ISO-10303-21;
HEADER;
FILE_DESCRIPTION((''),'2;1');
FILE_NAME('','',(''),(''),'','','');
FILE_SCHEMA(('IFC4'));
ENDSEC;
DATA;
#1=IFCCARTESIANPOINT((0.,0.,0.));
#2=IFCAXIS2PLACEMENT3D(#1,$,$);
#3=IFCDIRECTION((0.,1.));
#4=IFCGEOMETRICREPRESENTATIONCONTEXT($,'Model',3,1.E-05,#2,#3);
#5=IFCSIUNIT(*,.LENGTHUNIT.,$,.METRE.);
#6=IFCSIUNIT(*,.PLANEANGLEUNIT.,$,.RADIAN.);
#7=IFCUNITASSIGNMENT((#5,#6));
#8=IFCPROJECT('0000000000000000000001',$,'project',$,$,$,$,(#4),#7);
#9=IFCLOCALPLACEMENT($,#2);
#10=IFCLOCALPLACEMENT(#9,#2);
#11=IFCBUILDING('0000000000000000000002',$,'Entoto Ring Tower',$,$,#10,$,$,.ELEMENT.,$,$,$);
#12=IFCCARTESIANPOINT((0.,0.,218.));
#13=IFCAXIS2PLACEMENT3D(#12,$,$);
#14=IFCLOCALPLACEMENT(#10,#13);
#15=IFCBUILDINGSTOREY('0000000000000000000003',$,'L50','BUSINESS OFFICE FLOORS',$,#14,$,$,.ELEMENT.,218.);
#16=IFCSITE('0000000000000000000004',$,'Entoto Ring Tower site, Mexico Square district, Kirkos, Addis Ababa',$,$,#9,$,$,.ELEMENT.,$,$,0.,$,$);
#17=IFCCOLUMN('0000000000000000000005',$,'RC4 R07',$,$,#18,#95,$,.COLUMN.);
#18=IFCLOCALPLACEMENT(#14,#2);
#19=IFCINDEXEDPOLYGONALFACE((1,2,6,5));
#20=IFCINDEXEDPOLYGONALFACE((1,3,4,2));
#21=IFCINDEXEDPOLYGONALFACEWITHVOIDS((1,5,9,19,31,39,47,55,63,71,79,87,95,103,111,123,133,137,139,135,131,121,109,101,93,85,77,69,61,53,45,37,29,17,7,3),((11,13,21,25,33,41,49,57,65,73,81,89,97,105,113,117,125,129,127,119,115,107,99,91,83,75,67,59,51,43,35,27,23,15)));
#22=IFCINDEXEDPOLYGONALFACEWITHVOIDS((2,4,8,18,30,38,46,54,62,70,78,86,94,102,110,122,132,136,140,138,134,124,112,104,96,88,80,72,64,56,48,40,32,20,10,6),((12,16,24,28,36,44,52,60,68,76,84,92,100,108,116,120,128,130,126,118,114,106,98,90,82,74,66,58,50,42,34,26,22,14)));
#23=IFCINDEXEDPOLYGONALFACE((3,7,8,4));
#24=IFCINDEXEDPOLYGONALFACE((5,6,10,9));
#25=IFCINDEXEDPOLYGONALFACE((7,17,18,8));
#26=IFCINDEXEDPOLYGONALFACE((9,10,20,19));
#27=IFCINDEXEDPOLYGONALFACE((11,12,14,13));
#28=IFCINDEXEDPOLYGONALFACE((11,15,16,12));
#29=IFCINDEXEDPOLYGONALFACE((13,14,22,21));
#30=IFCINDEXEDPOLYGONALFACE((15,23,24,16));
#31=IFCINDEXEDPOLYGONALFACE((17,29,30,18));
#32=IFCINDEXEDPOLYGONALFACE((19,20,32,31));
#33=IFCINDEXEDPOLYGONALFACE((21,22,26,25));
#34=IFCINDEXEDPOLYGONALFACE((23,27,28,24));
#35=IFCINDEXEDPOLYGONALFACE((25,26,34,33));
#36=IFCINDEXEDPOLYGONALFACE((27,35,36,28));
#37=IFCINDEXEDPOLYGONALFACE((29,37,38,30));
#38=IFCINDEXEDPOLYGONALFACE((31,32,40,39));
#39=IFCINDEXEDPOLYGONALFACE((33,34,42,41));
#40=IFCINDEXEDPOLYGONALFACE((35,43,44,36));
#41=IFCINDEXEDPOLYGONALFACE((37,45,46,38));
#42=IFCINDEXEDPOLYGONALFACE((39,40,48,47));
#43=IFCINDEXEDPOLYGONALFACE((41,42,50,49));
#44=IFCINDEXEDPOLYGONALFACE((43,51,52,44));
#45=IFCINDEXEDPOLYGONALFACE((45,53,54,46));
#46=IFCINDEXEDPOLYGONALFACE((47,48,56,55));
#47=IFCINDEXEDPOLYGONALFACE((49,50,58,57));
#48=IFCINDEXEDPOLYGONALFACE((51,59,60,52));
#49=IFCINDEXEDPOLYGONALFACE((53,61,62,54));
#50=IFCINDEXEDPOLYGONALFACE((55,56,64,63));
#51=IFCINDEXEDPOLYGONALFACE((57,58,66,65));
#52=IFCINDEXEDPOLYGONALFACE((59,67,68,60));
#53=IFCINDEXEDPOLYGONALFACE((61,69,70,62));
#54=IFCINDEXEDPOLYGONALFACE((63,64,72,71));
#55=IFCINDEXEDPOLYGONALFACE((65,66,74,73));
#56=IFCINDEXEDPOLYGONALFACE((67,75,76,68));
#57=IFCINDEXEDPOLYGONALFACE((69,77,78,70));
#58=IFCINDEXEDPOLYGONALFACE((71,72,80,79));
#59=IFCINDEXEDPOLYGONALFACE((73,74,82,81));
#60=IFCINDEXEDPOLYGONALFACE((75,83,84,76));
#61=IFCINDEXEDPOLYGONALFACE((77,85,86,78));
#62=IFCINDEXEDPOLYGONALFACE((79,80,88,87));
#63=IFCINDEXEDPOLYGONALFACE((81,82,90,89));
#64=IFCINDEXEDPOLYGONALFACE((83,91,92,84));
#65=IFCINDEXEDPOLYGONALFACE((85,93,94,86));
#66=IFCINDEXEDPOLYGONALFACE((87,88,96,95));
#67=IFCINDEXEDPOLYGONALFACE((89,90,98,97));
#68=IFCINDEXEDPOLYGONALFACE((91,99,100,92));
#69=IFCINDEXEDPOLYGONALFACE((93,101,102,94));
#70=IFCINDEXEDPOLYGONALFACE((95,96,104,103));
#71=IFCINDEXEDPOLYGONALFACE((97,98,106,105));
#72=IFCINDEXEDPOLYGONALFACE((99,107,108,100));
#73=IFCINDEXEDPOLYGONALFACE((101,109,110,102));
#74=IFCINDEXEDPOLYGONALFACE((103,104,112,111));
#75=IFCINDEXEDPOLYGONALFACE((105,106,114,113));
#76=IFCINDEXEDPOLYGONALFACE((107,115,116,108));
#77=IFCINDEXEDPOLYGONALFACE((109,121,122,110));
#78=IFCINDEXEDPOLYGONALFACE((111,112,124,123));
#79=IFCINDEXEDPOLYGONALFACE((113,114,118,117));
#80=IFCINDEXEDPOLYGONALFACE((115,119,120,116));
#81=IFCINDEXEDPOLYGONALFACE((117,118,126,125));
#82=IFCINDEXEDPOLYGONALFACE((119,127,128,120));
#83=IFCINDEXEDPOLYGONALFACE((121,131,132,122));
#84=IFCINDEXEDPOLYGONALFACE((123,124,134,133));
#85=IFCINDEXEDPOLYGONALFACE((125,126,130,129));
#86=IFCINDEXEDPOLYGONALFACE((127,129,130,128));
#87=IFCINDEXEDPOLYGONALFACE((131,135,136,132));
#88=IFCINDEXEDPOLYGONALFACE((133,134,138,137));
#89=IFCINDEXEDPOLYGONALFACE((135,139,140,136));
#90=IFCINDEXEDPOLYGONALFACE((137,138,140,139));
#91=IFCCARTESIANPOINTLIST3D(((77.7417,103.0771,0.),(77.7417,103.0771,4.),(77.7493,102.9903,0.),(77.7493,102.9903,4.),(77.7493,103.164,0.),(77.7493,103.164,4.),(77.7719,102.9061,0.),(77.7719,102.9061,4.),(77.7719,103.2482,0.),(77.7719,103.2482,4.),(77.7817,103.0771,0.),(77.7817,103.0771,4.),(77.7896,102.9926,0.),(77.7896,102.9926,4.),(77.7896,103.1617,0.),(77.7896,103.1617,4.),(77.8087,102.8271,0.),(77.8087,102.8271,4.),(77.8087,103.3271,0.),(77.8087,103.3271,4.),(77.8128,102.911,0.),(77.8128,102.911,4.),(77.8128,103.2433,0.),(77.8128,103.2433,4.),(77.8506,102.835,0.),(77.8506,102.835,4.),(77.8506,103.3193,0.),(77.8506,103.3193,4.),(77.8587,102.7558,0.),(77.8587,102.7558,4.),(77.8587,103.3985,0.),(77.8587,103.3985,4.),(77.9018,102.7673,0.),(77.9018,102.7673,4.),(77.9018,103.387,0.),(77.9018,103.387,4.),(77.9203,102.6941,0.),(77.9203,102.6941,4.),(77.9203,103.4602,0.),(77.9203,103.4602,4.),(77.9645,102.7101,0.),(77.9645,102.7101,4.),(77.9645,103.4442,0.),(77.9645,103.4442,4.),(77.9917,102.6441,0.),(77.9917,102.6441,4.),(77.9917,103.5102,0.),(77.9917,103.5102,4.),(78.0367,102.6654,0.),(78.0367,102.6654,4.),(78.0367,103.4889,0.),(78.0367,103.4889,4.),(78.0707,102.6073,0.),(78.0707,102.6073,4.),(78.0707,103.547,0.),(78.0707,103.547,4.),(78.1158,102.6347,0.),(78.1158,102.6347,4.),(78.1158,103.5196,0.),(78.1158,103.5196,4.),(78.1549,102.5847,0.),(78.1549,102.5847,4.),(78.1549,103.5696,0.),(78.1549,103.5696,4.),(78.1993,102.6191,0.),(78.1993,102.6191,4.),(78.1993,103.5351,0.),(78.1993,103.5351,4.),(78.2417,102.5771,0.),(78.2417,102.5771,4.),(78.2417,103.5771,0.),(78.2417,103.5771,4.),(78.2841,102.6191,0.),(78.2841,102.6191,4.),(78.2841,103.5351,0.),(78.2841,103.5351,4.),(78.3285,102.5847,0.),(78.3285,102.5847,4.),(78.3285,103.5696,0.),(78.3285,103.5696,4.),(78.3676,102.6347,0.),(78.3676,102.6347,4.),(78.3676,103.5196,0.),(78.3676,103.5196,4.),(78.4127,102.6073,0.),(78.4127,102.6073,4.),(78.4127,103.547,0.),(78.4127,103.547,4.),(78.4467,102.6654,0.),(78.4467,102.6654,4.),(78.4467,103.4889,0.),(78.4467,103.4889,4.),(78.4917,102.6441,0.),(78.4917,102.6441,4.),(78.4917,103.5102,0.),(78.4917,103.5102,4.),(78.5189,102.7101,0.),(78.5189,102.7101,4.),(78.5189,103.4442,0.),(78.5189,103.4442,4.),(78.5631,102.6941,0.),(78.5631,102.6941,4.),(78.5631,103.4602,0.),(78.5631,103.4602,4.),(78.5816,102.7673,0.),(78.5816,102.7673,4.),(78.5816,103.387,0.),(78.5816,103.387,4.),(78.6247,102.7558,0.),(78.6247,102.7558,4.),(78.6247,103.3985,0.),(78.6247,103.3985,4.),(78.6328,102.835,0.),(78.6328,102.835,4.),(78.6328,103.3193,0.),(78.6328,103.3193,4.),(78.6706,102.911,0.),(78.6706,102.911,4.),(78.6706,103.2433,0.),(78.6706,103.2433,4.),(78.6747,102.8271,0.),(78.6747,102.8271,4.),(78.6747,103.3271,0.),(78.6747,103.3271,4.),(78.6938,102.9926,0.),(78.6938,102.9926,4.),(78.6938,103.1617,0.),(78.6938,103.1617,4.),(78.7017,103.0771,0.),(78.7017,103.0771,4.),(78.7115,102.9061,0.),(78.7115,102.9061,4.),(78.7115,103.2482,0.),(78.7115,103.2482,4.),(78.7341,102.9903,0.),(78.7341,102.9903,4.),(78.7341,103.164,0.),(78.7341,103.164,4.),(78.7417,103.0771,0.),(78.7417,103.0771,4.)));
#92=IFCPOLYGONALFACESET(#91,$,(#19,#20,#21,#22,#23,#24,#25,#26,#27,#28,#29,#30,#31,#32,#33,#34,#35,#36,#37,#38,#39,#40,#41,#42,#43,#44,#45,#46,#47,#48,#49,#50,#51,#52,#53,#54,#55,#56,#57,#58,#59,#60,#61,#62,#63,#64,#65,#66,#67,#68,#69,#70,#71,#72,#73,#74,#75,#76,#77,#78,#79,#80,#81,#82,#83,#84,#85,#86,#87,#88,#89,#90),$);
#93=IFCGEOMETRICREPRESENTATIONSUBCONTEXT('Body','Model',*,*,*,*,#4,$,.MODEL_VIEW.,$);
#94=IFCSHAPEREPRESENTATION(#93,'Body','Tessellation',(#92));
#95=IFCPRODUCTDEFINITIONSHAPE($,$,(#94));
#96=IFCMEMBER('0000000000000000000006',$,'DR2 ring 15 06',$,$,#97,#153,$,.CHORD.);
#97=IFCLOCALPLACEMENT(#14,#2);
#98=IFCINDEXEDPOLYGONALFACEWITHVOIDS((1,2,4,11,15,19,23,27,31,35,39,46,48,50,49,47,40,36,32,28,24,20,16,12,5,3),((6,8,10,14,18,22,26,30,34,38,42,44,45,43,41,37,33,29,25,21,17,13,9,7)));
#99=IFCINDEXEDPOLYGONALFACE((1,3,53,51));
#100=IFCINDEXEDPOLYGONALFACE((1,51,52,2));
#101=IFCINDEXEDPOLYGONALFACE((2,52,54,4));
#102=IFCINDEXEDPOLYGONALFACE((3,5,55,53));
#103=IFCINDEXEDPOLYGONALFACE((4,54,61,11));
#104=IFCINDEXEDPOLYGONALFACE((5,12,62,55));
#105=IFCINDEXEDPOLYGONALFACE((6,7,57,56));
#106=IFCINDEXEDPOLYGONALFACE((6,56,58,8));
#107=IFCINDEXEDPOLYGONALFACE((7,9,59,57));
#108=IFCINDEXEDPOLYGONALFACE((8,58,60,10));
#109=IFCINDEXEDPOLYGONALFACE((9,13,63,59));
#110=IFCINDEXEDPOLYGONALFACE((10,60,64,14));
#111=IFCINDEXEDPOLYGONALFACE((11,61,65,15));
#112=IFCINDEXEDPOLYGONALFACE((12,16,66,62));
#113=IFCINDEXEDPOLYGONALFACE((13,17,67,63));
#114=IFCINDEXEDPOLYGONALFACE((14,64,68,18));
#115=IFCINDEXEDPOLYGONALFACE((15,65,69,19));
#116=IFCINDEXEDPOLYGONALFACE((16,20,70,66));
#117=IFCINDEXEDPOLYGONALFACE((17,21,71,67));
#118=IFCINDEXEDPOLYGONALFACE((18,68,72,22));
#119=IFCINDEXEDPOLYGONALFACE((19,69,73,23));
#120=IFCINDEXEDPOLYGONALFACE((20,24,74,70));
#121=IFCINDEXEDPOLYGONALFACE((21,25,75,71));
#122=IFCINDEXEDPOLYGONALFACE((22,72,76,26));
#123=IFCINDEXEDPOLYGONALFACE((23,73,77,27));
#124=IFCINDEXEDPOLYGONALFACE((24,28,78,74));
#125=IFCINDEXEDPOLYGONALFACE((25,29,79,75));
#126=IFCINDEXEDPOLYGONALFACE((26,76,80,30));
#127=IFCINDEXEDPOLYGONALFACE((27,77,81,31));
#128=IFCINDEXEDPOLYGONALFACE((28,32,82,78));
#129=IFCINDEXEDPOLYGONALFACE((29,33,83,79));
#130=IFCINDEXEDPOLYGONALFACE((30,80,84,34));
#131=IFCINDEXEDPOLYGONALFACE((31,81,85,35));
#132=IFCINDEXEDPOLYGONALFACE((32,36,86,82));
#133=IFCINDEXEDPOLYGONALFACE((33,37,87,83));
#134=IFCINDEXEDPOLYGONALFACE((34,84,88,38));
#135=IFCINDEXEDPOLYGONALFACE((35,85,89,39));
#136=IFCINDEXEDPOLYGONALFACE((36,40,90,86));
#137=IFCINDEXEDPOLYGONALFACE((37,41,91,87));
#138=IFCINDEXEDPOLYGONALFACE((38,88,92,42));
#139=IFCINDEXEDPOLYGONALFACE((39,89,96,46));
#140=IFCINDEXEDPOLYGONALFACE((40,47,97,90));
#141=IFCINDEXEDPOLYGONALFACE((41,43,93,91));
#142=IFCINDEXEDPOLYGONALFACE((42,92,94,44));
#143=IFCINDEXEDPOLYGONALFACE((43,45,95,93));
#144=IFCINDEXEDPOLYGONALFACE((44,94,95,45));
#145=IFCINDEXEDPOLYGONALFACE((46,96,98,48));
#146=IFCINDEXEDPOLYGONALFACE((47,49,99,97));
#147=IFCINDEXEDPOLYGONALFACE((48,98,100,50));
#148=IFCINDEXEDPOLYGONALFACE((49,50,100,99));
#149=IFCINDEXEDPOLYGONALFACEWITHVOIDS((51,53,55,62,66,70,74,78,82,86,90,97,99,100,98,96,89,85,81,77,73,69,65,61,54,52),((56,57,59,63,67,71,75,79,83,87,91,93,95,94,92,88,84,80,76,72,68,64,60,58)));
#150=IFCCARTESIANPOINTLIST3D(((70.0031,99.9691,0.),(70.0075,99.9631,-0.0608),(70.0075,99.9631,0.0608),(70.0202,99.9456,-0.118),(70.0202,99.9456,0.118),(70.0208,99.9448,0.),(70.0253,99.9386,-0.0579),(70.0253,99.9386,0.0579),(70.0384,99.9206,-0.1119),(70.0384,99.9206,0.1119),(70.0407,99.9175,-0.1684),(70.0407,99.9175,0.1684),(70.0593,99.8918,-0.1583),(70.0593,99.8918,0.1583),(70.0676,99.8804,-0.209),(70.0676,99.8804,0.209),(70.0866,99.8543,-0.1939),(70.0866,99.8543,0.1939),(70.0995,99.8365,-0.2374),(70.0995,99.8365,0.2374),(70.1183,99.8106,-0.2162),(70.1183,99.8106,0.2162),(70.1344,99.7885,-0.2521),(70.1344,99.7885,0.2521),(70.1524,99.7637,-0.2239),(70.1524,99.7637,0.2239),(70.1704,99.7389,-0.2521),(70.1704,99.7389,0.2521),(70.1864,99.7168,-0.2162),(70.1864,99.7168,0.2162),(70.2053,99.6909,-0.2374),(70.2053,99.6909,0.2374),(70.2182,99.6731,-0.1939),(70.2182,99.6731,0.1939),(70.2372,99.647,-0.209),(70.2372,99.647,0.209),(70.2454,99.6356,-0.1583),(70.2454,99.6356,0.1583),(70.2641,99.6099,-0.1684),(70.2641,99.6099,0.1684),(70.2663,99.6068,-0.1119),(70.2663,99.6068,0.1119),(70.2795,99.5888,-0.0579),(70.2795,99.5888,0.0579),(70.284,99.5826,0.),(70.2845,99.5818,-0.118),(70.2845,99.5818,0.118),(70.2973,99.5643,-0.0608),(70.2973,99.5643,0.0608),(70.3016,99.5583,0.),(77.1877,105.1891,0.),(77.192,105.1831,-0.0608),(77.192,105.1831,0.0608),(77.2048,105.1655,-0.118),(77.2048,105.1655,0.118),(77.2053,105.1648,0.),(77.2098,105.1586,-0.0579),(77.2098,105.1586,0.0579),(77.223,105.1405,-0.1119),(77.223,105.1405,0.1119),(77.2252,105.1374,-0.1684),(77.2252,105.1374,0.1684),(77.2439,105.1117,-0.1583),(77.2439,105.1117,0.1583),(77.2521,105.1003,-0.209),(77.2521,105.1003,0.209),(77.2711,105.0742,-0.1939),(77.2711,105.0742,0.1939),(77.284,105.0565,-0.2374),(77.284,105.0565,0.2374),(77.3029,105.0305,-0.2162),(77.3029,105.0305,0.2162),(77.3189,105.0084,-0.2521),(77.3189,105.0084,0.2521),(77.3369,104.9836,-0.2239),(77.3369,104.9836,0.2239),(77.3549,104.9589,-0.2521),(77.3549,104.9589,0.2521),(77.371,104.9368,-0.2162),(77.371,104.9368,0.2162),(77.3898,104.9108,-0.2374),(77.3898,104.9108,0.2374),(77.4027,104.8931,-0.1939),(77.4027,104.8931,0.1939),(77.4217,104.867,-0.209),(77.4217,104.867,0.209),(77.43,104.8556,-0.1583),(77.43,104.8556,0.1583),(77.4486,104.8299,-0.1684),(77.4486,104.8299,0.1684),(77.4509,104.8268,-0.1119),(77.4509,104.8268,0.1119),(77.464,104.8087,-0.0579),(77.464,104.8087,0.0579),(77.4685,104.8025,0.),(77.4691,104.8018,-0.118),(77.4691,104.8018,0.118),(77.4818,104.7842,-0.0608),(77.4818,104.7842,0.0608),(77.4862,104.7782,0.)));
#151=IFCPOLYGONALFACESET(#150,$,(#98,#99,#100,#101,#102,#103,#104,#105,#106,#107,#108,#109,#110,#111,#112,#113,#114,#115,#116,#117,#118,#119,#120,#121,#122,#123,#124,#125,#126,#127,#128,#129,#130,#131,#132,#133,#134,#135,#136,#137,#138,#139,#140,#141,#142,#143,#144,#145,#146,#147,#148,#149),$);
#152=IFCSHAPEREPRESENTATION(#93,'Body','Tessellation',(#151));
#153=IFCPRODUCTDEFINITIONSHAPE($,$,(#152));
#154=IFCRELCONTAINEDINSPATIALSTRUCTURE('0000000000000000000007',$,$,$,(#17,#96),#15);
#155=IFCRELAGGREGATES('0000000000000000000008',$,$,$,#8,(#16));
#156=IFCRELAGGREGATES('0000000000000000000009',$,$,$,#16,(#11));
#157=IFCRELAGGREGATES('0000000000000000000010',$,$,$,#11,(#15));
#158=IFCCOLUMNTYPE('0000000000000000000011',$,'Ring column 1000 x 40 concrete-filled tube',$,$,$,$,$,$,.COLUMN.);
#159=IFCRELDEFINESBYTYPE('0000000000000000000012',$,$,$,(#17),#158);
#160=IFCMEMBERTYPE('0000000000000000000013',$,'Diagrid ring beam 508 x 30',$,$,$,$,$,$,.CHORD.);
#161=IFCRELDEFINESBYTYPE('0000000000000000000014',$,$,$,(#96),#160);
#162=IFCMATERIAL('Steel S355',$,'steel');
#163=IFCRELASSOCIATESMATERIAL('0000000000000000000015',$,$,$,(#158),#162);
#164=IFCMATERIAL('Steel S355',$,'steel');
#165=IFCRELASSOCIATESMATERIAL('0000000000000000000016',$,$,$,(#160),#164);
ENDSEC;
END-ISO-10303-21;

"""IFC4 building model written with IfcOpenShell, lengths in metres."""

from ifc_helpers import new_model, si_unit, direction, frame, origin, origin_2d, place, context, subcontext, project, spatial, circle, hollow_circle, extrude, material, material_profile, profile_set, type_object, element, save


model = new_model("IFC4")

# Units and contexts
model_context = context("Model", 3, precision=1e-05, world=origin(), true_north=direction((0.0, 1.0)))
body_context = subcontext(model_context, "Body", "Model", "MODEL_VIEW")
ifc_project = project(units=[si_unit("LENGTHUNIT", "METRE"), si_unit("PLANEANGLEUNIT", "RADIAN")], contexts=[model_context])

# Site, building, storey
site_placement = place(None, origin())
site = spatial("IfcSite", under=ifc_project, at=site_placement, Name="Entoto Ring Tower site, Mexico Square district, Kirkos, Addis Ababa", CompositionType="ELEMENT", RefElevation=0.0)
building_placement = place(site_placement, origin())
building = spatial("IfcBuilding", under=site, at=building_placement, Name="Entoto Ring Tower", CompositionType="ELEMENT")
storey_placement = place(building_placement, frame((0.0, 0.0, 218.0)))
storey = spatial("IfcBuildingStorey", under=building, at=storey_placement, Name="L50", Description="BUSINESS OFFICE FLOORS", CompositionType="ELEMENT", Elevation=218.0)

# Column
ifc_material_1 = material(Name="Steel S355", Category="steel")
ifc_material_profile_1 = material_profile(ifc_material_1, hollow_circle(Radius=0.5, WallThickness=0.04, at=origin_2d()), Name="CHS 1000 x 40")
ifc_material_2 = material(Name="Concrete C60/75", Category="concrete")
ifc_material_profile_2 = material_profile(ifc_material_2, circle(Radius=0.46, at=origin_2d()), Name="Concrete C60/75 infill")
ifc_profile_set_1 = profile_set([ifc_material_profile_1, ifc_material_profile_2], Name="Steel S355")
column_type = type_object("IfcColumnType", Name="Ring column 1000 x 40 concrete-filled tube", PredefinedType="COLUMN", material=ifc_profile_set_1)
column_placement = place(storey_placement, frame((78.2417, 103.0771, 0.0), z_axis=(0.0, 0.0, 1.0), x_axis=(1.0, 0.0, 0.0)))
element("IfcColumn", 1, at=column_placement, inside=storey, type_object=column_type, Name="RC4 R07", PredefinedType="COLUMN", context=body_context, shape_type="SweptSolid", body=[
    extrude(hollow_circle(Radius=0.5, WallThickness=0.04, at=origin_2d()), origin(), (0.0, 0.0, 1.0), 4.0),
])

# Member
ifc_material_3 = material(Name="Steel S355", Category="steel")
ifc_material_profile_3 = material_profile(ifc_material_3, hollow_circle(Radius=0.2539, WallThickness=0.03, at=origin_2d()), Name="CHS 508 x 30")
ifc_material_4 = material(Name="Concrete C60/75", Category="concrete")
ifc_material_profile_4 = material_profile(ifc_material_4, circle(Radius=0.2241, at=origin_2d()), Name="Concrete C60/75 infill")
ifc_profile_set_2 = profile_set([ifc_material_profile_3, ifc_material_profile_4], Name="Steel S355")
member_type = type_object("IfcMemberType", Name="Diagrid ring beam 508 x 30", PredefinedType="CHORD", material=ifc_profile_set_2)
member_placement = place(storey_placement, frame((77.3369, 104.9836, 0.0), z_axis=(-0.809013, -0.587791, 0.0), x_axis=(0.587791, -0.809013, 0.0)))
element("IfcMember", 2, at=member_placement, inside=storey, type_object=member_type, Name="DR2 ring 15 06", PredefinedType="CHORD", context=body_context, shape_type="SweptSolid", body=[
    extrude(hollow_circle(Radius=0.2539, WallThickness=0.03, at=origin_2d()), origin(), (0.0, 0.0, 1.0), 8.8806),
])

save(model, "model.ifc")
